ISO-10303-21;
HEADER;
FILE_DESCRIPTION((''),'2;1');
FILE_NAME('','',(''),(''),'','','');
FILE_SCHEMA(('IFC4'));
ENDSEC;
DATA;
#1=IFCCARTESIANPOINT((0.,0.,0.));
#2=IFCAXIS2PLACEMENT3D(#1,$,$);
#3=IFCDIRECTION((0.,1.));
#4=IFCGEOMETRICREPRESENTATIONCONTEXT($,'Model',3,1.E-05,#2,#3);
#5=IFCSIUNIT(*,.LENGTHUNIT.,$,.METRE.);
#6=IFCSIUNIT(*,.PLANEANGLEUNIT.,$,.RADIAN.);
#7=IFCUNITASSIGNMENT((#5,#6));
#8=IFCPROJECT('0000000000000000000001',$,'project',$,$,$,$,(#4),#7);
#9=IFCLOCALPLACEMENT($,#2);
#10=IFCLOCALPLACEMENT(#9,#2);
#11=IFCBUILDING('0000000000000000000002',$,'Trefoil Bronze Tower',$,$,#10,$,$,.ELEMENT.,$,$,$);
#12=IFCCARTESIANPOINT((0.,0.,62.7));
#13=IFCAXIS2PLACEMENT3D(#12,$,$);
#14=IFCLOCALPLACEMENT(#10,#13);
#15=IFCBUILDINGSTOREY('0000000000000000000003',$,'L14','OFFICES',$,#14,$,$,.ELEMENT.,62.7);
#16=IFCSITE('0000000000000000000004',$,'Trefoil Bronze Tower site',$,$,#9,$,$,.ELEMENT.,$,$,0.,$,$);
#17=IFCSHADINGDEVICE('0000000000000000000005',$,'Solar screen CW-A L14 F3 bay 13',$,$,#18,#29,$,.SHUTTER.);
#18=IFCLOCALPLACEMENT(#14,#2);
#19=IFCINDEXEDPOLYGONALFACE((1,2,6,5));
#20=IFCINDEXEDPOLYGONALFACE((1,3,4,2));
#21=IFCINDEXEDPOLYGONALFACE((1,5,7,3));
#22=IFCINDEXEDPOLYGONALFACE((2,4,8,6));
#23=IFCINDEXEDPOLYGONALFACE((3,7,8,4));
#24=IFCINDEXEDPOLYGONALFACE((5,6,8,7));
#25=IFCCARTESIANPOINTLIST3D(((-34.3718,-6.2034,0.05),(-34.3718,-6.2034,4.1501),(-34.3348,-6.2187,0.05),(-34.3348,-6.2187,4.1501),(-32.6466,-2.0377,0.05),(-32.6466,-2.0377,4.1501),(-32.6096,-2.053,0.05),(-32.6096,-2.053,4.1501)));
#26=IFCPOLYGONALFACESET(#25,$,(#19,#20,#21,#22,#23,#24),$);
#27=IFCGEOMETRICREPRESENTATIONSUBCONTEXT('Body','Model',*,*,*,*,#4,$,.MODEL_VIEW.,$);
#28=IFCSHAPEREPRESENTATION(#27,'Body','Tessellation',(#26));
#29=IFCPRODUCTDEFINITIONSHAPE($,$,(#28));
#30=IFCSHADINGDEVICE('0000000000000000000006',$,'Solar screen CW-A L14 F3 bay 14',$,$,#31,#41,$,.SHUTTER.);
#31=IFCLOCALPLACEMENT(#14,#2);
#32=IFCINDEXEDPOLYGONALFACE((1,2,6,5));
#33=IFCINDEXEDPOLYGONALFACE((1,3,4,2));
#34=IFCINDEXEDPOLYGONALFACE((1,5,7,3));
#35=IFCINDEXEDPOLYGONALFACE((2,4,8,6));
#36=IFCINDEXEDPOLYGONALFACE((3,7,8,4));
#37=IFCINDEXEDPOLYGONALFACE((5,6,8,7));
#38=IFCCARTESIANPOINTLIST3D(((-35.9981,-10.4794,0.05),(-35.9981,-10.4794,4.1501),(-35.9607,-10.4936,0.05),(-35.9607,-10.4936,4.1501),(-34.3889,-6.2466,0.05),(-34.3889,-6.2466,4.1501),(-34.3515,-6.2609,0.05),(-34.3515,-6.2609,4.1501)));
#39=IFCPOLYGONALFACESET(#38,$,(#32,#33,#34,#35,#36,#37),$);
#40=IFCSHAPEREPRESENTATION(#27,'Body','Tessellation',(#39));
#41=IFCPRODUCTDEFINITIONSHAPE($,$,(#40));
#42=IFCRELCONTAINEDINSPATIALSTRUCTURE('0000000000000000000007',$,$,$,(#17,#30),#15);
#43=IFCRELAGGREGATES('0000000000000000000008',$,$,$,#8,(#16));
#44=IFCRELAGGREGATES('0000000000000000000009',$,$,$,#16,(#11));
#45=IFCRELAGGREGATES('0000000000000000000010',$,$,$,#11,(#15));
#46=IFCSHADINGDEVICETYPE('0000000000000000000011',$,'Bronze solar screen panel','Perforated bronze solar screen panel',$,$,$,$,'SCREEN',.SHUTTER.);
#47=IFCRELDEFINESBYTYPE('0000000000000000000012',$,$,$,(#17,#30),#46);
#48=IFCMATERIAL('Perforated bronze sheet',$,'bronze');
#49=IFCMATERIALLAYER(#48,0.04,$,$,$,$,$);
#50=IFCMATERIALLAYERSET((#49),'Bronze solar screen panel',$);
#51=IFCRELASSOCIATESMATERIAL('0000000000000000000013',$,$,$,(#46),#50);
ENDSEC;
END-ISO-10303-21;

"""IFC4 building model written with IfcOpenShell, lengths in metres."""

from ifc_helpers import new_model, si_unit, direction, frame, origin, origin_2d, place, context, subcontext, project, spatial, rectangle, extrude, material, layer, layer_set, type_object, element, save


model = new_model("IFC4")

# Units and contexts
model_context = context("Model", 3, precision=1e-05, world=origin(), true_north=direction((0.0, 1.0)))
body_context = subcontext(model_context, "Body", "Model", "MODEL_VIEW")
ifc_project = project(units=[si_unit("LENGTHUNIT", "METRE"), si_unit("PLANEANGLEUNIT", "RADIAN")], contexts=[model_context])

# Site, building, storey
site_placement = place(None, origin())
site = spatial("IfcSite", under=ifc_project, at=site_placement, Name="Trefoil Bronze Tower site", CompositionType="ELEMENT", RefElevation=0.0)
building_placement = place(site_placement, origin())
building = spatial("IfcBuilding", under=site, at=building_placement, Name="Trefoil Bronze Tower", CompositionType="ELEMENT")
storey_placement = place(building_placement, frame((0.0, 0.0, 62.7)))
storey = spatial("IfcBuildingStorey", under=building, at=storey_placement, Name="L14", Description="OFFICES", CompositionType="ELEMENT", Elevation=62.7)

# Shading devices
ifc_material_1 = material(Name="Perforated bronze sheet", Category="bronze")
ifc_layer_1 = layer(ifc_material_1, 0.04)
ifc_layer_set_1 = layer_set([ifc_layer_1], Name="Bronze solar screen panel")
shading_device_type = type_object("IfcShadingDeviceType", Name="Bronze solar screen panel", Description="Perforated bronze solar screen panel", ElementType="SCREEN", PredefinedType="SHUTTER", material=ifc_layer_set_1)
shading_device_1_placement = place(storey_placement, frame((-33.4907, -4.1282, 0.05), z_axis=(0.0, 0.0, 1.0), x_axis=(-0.38263, -0.923902, 0.0)))
element("IfcShadingDevice", 1, at=shading_device_1_placement, inside=storey, type_object=shading_device_type, Name="Solar screen CW-A L14 F3 bay 13", PredefinedType="SHUTTER", context=body_context, shape_type="SweptSolid", body=[
    extrude(rectangle(XDim=4.5088, YDim=0.04, at=origin_2d()), origin(), (0.0, 0.0, 1.0), 4.1001),
])
shading_device_2_placement = place(storey_placement, frame((-35.1748, -8.3701, 0.05), z_axis=(0.0, 0.0, 1.0), x_axis=(-0.355371, -0.934725, 0.0)))
element("IfcShadingDevice", 2, at=shading_device_2_placement, inside=storey, type_object=shading_device_type, Name="Solar screen CW-A L14 F3 bay 14", PredefinedType="SHUTTER", context=body_context, shape_type="SweptSolid", body=[
    extrude(rectangle(XDim=4.5283, YDim=0.04, at=origin_2d()), origin(), (0.0, 0.0, 1.0), 4.1001),
])

save(model, "model.ifc")
